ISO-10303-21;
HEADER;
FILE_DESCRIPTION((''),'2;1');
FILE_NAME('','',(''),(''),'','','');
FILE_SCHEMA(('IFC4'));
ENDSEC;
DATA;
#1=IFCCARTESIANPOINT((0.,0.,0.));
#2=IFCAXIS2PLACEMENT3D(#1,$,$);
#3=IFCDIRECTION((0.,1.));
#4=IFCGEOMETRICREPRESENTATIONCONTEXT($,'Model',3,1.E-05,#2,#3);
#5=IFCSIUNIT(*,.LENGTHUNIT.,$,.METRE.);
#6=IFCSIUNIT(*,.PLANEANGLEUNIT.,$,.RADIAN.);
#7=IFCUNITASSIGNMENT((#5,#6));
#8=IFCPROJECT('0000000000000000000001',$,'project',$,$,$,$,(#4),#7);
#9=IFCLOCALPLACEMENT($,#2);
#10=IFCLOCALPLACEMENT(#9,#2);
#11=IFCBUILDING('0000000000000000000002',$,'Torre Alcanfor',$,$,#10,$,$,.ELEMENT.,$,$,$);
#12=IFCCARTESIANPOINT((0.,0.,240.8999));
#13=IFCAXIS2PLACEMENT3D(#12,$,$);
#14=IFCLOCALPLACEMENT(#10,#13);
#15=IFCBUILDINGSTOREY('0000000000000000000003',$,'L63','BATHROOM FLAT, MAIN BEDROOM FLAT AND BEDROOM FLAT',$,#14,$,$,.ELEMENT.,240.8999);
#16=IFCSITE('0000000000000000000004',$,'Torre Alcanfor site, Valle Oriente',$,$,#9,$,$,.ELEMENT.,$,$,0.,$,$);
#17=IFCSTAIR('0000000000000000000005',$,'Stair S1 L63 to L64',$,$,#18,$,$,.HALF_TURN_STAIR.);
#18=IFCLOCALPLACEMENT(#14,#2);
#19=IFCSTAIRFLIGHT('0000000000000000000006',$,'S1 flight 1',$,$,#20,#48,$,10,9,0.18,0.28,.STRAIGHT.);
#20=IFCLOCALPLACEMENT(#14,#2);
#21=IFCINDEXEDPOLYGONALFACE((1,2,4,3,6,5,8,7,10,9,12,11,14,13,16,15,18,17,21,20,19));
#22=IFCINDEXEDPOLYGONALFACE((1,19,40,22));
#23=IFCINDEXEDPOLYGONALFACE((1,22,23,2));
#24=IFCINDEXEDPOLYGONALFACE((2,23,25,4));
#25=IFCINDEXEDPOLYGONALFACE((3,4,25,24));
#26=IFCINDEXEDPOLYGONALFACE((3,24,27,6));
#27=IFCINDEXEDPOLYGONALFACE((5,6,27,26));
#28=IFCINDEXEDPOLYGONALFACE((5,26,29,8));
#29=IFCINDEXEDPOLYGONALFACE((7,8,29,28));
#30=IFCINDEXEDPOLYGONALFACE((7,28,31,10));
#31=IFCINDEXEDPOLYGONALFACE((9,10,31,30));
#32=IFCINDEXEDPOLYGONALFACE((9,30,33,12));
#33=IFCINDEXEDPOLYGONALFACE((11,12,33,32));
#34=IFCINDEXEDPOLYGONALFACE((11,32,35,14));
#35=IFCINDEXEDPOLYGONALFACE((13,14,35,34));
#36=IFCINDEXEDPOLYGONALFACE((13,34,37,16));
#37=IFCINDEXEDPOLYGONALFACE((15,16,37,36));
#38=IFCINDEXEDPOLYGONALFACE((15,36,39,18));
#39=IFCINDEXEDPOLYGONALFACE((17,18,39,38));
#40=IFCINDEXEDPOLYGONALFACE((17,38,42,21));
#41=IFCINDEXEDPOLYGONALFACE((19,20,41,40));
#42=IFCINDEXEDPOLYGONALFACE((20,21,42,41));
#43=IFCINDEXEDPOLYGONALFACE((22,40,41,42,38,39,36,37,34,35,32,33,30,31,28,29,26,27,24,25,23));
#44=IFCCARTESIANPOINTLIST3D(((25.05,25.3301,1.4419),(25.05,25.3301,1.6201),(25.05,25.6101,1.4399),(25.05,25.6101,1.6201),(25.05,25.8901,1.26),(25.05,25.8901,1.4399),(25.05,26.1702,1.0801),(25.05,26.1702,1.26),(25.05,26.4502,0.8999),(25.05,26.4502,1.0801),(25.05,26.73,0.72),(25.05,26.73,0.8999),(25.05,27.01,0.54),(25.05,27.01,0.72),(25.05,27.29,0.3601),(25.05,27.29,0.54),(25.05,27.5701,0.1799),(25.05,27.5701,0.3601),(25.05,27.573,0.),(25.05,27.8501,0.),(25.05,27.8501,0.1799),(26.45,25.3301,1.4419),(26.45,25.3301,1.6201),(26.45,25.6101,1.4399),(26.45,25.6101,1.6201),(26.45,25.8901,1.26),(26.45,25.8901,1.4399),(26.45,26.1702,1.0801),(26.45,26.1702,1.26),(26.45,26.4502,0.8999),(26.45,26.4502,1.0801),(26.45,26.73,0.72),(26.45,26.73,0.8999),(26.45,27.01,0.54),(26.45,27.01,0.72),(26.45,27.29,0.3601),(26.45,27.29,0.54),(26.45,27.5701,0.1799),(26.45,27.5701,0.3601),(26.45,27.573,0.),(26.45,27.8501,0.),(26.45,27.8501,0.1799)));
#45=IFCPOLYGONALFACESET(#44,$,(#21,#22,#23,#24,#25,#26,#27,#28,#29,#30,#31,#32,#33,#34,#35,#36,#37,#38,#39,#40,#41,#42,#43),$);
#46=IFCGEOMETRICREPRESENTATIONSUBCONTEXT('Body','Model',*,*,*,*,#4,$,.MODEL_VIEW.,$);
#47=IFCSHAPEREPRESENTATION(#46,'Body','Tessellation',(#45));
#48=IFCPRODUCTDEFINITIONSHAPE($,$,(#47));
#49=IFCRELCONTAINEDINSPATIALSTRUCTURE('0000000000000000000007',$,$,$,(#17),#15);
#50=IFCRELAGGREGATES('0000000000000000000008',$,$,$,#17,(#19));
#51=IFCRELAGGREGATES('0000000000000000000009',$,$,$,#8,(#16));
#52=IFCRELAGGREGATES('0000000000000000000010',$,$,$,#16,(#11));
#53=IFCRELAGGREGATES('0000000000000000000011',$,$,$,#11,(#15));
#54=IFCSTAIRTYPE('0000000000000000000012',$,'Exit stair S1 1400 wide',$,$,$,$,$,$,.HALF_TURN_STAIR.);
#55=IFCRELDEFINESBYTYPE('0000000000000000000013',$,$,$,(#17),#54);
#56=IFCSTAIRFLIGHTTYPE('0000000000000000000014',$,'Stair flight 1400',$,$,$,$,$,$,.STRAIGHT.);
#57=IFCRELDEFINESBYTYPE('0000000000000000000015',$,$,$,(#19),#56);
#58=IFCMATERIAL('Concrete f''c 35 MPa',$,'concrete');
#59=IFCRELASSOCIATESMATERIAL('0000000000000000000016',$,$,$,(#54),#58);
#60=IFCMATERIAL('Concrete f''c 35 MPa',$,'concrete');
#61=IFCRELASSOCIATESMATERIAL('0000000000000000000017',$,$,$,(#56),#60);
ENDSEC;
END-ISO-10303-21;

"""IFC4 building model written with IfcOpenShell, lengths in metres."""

from ifc_helpers import new_model, si_unit, direction, frame, origin, place, context, subcontext, project, spatial, polyline, outline, extrude, material, type_object, element, aggregate, save


model = new_model("IFC4")

# Units and contexts
model_context = context("Model", 3, precision=1e-05, world=origin(), true_north=direction((0.0, 1.0)))
body_context = subcontext(model_context, "Body", "Model", "MODEL_VIEW")
ifc_project = project(units=[si_unit("LENGTHUNIT", "METRE"), si_unit("PLANEANGLEUNIT", "RADIAN")], contexts=[model_context])

# Site, building, storey
site_placement = place(None, origin())
site = spatial("IfcSite", under=ifc_project, at=site_placement, Name="Torre Alcanfor site, Valle Oriente", CompositionType="ELEMENT", RefElevation=0.0)
building_placement = place(site_placement, origin())
building = spatial("IfcBuilding", under=site, at=building_placement, Name="Torre Alcanfor", CompositionType="ELEMENT")
storey_placement = place(building_placement, frame((0.0, 0.0, 240.8999)))
storey = spatial("IfcBuildingStorey", under=building, at=storey_placement, Name="L63", Description="BATHROOM FLAT, MAIN BEDROOM FLAT AND BEDROOM FLAT", CompositionType="ELEMENT", Elevation=240.8999)

# Stair, stair flight
ifc_material_1 = material(Name="Concrete f'c 35 MPa", Category="concrete")
stair_type = type_object("IfcStairType", Name="Exit stair S1 1400 wide", PredefinedType="HALF_TURN_STAIR", material=ifc_material_1)
stair_placement = place(storey_placement, origin())
stair = element("IfcStair", 1, at=stair_placement, inside=storey, type_object=stair_type, Name="Stair S1 L63 to L64", PredefinedType="HALF_TURN_STAIR")
ifc_material_2 = material(Name="Concrete f'c 35 MPa", Category="concrete")
stair_flight_type = type_object("IfcStairFlightType", Name="Stair flight 1400", PredefinedType="STRAIGHT", material=ifc_material_2)
stair_flight_placement = place(storey_placement, frame((25.75, 27.8501, 0.0), z_axis=(0.0, 0.0, 1.0), x_axis=(0.0, -1.0, 0.0)))
stair_flight = element("IfcStairFlight", 2, at=stair_flight_placement, type_object=stair_flight_type, Name="S1 flight 1", NumberOfRisers=10, NumberOfTreads=9, PredefinedType="STRAIGHT", RiserHeight=0.18, TreadLength=0.28, context=body_context, shape_type="SweptSolid", body=[
    extrude(outline(polyline([(0.0, 0.0), (0.0, 0.1799), (0.28, 0.1799), (0.28, 0.3601), (0.5601, 0.3601), (0.5601, 0.54), (0.8401, 0.54), (0.8401, 0.72), (1.1201, 0.72), (1.1201, 0.8999), (1.3999, 0.8999), (1.3999, 1.0801), (1.6799, 1.0801), (1.6799, 1.26), (1.96, 1.26), (1.96, 1.4399), (2.24, 1.4399), (2.24, 1.6201), (2.52, 1.6201), (2.52, 1.8), (2.52, 1.4419), (0.2771, 0.0), (0.0, 0.0)])), frame((0.0, 0.7, 0.0), z_axis=(0.0, -1.0, 0.0), x_axis=(1.0, 0.0, 0.0)), (0.0, 0.0, 1.0), 1.3999),
])
aggregate(stair, [stair_flight])

save(model, "model.ifc")
